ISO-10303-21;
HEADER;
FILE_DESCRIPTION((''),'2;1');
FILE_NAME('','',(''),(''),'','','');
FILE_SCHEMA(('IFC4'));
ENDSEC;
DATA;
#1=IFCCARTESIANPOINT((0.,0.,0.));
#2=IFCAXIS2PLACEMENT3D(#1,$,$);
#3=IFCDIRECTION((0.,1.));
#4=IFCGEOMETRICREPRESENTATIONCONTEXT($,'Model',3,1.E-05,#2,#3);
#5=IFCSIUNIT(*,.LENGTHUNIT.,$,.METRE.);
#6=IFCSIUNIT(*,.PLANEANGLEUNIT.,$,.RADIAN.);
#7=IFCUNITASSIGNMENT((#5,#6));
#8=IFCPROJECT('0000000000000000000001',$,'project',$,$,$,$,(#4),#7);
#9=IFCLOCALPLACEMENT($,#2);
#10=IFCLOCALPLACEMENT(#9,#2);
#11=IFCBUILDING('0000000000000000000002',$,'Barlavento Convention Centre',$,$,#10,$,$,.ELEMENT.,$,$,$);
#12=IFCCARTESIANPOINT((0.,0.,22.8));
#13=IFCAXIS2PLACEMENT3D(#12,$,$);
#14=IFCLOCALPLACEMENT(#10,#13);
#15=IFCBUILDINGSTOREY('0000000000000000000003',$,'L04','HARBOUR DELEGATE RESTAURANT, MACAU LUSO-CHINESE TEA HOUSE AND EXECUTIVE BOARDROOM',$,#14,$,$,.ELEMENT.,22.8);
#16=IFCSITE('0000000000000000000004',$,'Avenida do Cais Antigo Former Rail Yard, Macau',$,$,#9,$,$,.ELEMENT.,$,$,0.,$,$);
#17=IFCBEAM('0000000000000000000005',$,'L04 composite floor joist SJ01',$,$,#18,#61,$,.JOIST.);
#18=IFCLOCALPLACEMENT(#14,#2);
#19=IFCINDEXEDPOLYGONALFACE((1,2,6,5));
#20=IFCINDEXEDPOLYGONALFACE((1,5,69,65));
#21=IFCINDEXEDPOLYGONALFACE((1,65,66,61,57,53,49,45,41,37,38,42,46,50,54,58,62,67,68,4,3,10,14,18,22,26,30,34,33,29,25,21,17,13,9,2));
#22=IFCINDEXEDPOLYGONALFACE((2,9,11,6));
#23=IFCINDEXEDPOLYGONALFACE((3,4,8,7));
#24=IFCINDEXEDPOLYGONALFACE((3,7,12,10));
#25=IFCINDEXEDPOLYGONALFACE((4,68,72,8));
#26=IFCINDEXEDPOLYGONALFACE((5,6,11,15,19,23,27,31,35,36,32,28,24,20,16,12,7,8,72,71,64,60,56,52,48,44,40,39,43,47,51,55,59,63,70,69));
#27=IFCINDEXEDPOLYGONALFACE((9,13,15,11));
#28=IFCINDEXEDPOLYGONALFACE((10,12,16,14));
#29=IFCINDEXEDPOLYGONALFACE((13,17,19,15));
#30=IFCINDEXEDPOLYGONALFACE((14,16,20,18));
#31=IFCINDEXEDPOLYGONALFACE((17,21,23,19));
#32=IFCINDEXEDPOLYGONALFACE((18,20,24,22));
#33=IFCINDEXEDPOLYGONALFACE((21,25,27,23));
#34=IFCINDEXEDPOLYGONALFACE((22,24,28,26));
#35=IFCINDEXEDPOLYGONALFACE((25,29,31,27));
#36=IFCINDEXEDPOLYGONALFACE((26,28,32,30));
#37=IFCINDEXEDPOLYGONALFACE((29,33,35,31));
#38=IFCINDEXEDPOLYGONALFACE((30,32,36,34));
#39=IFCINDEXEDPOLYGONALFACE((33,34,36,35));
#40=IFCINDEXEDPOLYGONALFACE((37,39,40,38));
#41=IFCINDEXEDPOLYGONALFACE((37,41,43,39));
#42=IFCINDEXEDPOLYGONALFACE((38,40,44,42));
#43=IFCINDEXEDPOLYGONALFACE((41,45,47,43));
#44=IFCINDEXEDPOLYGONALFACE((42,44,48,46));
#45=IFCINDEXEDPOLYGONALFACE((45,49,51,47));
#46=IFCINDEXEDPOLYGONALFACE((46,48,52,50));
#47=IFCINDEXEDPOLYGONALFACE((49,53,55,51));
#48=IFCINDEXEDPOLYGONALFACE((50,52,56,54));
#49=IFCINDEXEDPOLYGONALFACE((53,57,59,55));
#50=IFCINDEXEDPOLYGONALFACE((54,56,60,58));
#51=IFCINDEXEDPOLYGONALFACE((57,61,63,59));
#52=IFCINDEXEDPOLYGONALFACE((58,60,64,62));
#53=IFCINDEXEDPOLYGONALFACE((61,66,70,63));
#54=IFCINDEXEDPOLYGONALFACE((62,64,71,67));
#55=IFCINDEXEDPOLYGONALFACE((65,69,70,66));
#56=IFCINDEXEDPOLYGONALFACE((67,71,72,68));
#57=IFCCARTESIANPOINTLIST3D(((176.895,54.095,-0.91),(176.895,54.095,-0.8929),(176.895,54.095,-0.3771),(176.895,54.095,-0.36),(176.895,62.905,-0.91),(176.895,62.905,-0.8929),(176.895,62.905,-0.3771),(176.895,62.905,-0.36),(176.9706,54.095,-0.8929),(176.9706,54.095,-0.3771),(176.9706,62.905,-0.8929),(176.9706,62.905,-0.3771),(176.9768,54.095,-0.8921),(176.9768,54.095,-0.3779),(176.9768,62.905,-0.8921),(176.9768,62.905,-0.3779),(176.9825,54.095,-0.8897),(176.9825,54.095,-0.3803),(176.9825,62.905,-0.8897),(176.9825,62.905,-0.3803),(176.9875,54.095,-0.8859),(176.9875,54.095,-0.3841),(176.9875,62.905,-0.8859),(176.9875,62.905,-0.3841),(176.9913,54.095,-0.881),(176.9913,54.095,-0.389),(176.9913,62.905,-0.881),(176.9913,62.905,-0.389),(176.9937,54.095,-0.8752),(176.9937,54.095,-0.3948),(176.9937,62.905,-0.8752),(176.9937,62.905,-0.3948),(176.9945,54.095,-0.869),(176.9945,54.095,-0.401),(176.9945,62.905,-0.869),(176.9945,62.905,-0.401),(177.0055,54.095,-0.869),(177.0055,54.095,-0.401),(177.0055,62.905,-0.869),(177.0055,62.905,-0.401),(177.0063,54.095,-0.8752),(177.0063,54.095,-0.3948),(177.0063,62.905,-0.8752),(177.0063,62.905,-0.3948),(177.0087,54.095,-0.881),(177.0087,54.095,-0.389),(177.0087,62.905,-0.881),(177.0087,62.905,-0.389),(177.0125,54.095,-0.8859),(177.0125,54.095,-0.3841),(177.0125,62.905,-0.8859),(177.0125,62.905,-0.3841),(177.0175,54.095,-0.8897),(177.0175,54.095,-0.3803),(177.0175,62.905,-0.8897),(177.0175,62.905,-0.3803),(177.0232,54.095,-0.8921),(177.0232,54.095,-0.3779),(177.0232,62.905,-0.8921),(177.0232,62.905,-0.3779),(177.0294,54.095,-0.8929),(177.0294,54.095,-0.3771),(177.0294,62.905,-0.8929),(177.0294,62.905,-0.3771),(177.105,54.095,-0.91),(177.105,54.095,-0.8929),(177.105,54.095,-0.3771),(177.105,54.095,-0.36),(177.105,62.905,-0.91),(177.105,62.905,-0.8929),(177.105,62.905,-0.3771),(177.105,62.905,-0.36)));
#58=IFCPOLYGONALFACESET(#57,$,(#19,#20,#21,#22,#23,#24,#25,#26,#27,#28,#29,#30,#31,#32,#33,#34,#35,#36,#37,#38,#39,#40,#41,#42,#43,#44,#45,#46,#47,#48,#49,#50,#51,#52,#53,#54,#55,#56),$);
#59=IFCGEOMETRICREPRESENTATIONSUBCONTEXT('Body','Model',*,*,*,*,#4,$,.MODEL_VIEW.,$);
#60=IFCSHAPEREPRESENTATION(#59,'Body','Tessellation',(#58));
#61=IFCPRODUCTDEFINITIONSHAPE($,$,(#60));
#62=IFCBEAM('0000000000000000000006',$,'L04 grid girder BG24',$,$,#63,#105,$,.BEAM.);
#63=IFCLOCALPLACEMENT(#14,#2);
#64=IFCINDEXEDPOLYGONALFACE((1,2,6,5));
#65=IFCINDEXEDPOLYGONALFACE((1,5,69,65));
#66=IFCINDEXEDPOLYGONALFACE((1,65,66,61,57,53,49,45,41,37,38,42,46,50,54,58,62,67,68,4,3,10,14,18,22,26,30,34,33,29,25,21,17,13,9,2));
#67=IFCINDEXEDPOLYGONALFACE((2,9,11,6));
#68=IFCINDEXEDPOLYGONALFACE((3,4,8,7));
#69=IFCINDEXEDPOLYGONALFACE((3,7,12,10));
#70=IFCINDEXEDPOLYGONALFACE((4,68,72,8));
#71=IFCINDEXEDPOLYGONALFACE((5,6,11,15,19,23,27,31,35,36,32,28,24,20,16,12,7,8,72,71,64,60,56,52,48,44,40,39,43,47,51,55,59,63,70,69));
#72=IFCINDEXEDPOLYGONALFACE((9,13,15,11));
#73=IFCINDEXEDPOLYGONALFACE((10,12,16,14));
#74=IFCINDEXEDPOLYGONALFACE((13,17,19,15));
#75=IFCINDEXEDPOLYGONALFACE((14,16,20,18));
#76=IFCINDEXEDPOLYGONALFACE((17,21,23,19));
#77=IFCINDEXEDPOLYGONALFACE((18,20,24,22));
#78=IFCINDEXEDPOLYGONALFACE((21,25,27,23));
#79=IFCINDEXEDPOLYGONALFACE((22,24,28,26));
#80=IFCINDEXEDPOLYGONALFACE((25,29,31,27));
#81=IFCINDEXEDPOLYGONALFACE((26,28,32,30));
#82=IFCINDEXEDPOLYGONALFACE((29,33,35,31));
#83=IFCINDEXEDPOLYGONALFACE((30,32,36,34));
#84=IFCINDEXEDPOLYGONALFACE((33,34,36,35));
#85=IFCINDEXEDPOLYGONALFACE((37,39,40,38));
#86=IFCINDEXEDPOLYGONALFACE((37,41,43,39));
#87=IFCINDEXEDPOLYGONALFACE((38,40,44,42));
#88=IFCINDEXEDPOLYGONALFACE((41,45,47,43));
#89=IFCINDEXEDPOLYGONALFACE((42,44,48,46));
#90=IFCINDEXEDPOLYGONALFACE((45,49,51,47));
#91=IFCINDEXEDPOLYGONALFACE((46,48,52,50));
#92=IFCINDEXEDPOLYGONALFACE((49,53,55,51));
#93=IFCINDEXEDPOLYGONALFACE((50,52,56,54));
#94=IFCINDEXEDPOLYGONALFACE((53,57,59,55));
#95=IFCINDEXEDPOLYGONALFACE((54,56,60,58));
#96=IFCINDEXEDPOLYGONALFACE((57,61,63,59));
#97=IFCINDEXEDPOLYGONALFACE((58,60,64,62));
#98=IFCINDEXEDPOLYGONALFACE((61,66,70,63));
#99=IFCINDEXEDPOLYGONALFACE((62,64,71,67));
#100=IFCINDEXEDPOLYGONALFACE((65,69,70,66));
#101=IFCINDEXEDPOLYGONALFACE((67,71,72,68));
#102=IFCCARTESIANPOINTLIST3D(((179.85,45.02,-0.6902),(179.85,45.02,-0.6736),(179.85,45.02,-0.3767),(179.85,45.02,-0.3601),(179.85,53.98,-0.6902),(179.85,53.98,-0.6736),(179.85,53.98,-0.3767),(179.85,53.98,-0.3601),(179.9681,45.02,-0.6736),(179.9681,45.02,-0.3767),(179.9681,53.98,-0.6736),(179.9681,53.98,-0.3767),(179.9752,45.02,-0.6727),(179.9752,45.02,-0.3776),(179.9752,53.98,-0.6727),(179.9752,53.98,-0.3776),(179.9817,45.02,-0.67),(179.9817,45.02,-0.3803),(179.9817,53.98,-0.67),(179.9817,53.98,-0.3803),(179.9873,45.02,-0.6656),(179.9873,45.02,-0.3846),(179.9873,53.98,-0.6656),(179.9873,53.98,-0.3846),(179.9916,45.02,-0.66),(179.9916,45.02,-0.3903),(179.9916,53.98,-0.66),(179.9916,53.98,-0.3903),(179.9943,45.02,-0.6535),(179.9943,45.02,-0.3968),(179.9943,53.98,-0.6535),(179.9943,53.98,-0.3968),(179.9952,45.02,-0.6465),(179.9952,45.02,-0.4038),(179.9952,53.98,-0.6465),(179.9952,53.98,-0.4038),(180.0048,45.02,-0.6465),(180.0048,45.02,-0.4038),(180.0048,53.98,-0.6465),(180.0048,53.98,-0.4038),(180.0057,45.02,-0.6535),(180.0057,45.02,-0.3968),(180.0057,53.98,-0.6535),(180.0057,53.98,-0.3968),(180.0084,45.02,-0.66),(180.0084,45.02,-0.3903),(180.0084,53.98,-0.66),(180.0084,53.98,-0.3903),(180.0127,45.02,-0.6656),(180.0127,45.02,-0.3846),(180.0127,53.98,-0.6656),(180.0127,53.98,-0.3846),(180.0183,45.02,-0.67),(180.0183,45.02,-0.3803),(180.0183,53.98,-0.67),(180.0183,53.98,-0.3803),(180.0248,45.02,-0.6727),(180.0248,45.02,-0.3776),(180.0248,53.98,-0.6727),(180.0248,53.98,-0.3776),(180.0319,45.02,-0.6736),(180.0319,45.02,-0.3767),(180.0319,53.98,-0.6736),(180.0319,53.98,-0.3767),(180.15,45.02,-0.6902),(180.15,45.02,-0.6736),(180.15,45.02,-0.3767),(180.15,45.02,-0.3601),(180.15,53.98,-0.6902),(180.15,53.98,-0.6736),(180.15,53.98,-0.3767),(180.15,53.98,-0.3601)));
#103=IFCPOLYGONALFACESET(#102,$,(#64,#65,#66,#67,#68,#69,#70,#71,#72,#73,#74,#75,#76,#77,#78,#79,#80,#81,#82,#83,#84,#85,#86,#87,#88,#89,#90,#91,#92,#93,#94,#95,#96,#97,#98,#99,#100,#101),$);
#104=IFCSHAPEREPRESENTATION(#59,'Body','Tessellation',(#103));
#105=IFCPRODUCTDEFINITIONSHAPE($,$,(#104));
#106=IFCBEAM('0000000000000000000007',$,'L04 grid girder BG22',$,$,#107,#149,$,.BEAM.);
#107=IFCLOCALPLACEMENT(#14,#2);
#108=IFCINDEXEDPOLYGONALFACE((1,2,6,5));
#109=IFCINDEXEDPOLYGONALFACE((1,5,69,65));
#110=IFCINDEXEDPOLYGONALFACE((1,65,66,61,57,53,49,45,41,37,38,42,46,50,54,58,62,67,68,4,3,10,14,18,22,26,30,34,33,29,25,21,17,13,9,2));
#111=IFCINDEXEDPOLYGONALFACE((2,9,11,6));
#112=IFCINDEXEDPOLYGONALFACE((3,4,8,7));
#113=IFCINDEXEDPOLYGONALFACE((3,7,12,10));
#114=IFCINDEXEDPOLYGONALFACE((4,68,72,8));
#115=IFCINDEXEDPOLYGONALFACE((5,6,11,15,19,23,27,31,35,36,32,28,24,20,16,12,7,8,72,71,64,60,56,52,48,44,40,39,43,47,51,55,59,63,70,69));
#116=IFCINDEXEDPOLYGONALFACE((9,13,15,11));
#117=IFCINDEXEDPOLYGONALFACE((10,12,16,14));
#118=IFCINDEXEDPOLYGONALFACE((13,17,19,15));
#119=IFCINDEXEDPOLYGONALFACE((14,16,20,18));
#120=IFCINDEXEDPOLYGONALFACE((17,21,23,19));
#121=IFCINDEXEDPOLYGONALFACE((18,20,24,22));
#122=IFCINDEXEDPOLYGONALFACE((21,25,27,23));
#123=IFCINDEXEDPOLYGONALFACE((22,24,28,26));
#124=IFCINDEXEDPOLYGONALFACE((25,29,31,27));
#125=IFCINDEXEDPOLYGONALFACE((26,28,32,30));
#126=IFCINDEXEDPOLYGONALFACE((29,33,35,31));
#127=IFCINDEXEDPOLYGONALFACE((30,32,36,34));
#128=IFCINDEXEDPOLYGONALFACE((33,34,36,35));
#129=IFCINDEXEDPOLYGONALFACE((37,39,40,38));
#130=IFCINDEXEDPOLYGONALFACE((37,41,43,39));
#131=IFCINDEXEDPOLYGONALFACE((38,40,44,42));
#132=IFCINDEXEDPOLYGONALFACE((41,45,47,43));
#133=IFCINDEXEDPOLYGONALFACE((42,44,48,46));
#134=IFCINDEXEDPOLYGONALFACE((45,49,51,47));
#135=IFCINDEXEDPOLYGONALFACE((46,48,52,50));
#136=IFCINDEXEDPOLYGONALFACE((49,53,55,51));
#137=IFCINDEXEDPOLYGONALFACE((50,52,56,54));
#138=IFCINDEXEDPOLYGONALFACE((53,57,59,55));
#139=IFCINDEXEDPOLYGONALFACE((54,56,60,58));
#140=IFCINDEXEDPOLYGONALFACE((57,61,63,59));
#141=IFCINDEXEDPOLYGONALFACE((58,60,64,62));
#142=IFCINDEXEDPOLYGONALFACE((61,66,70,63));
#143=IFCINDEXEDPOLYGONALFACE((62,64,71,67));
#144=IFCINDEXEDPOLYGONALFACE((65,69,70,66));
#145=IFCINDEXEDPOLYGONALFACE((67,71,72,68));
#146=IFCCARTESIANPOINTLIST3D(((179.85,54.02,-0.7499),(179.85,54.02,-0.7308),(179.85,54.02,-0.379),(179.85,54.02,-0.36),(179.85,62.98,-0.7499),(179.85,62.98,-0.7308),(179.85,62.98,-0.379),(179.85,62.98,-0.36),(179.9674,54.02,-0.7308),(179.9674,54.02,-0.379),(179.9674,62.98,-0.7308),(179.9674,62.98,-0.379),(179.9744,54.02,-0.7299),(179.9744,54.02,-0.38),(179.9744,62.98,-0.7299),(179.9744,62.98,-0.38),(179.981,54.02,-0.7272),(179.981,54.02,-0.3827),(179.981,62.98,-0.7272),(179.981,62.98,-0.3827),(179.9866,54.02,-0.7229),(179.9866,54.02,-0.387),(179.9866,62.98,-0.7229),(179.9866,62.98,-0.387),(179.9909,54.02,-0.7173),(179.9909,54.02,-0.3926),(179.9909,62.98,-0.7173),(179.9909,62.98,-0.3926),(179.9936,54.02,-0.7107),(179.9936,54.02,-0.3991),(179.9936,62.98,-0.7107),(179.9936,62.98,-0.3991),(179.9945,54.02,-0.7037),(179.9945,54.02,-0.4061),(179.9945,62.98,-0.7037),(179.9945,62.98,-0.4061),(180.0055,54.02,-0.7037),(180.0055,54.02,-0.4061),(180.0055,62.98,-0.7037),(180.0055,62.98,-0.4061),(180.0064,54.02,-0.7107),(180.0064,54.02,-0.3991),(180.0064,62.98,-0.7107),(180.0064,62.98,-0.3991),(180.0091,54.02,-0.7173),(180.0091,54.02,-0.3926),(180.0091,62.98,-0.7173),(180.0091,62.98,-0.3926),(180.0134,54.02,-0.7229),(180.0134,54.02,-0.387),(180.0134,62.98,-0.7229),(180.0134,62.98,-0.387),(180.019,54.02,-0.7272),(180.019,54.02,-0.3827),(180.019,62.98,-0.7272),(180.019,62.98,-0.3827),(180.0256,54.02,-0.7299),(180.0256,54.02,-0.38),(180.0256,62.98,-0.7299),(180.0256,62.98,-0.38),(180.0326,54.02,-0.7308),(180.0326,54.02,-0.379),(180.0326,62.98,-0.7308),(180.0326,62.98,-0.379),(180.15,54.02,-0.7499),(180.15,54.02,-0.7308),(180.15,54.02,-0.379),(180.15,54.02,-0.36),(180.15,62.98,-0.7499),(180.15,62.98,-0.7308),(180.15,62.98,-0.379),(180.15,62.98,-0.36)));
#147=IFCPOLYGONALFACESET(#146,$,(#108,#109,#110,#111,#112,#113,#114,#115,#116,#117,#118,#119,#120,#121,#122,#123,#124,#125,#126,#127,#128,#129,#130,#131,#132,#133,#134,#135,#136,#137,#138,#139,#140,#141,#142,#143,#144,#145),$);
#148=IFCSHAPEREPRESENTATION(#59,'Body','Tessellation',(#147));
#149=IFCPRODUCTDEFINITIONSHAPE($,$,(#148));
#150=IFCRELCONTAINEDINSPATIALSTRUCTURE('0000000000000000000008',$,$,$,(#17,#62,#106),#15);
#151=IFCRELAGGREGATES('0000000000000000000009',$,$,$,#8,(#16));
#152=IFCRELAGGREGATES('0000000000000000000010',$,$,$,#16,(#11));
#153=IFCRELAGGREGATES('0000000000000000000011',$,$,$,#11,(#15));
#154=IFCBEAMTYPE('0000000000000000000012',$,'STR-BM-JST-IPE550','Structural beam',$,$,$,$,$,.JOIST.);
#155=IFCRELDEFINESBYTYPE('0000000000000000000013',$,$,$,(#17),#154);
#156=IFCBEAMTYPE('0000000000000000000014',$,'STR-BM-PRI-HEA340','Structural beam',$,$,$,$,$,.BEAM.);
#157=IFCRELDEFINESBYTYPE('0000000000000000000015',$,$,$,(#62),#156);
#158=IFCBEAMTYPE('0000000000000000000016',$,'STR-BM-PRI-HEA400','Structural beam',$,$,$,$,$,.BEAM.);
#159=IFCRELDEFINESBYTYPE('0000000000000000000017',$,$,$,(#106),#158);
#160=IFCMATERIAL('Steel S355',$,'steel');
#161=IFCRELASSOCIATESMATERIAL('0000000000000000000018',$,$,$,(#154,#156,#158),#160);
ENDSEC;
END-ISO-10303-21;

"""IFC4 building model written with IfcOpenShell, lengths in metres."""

from ifc_helpers import new_model, si_unit, direction, frame, origin, origin_2d, place, context, subcontext, project, spatial, i_section, extrude, material, material_profile, profile_set, type_object, element, save


model = new_model("IFC4")

# Units and contexts
model_context = context("Model", 3, precision=1e-05, world=origin(), true_north=direction((0.0, 1.0)))
body_context = subcontext(model_context, "Body", "Model", "MODEL_VIEW")
ifc_project = project(units=[si_unit("LENGTHUNIT", "METRE"), si_unit("PLANEANGLEUNIT", "RADIAN")], contexts=[model_context])

# Site, building, storey
site_placement = place(None, origin())
site = spatial("IfcSite", under=ifc_project, at=site_placement, Name="Avenida do Cais Antigo Former Rail Yard, Macau", CompositionType="ELEMENT", RefElevation=0.0)
building_placement = place(site_placement, origin())
building = spatial("IfcBuilding", under=site, at=building_placement, Name="Barlavento Convention Centre", CompositionType="ELEMENT")
storey_placement = place(building_placement, frame((0.0, 0.0, 22.8)))
storey = spatial("IfcBuildingStorey", under=building, at=storey_placement, Name="L04", Description="HARBOUR DELEGATE RESTAURANT, MACAU LUSO-CHINESE TEA HOUSE AND EXECUTIVE BOARDROOM", CompositionType="ELEMENT", Elevation=22.8)

# Shared definitions
ifc_material_1 = material(Name="Steel S355", Category="steel")

# Beams
ifc_material_profile_1 = material_profile(ifc_material_1, i_section(OverallWidth=0.21, OverallDepth=0.55, WebThickness=0.011, FlangeThickness=0.0171, FilletRadius=0.0239, at=origin_2d()), Name="IPE 550")
ifc_profile_set_1 = profile_set([ifc_material_profile_1], Name="Steel S355")
beam_type_1 = type_object("IfcBeamType", Name="STR-BM-JST-IPE550", Description="Structural beam", PredefinedType="JOIST", material=ifc_profile_set_1)
beam_1_placement = place(storey_placement, frame((177.0, 54.095, -0.635), z_axis=(0.0, 1.0, 0.0), x_axis=(-1.0, 0.0, 0.0)))
element("IfcBeam", 1, at=beam_1_placement, inside=storey, type_object=beam_type_1, Name="L04 composite floor joist SJ01", PredefinedType="JOIST", context=body_context, shape_type="SweptSolid", body=[
    extrude(i_section(OverallWidth=0.21, OverallDepth=0.55, WebThickness=0.011, FlangeThickness=0.0171, FilletRadius=0.0239, at=origin_2d()), origin(), (0.0, 0.0, 1.0), 8.8101),
])
ifc_material_profile_2 = material_profile(ifc_material_1, i_section(OverallWidth=0.3, OverallDepth=0.3301, WebThickness=0.0095, FlangeThickness=0.0166, FilletRadius=0.0271, at=origin_2d()), Name="HEA 340")
ifc_profile_set_2 = profile_set([ifc_material_profile_2], Name="Steel S355")
beam_type_2 = type_object("IfcBeamType", Name="STR-BM-PRI-HEA340", Description="Structural beam", PredefinedType="BEAM", material=ifc_profile_set_2)
beam_2_placement = place(storey_placement, frame((180.0, 45.02, -0.5251), z_axis=(0.0, 1.0, 0.0), x_axis=(-1.0, 0.0, 0.0)))
element("IfcBeam", 2, at=beam_2_placement, inside=storey, type_object=beam_type_2, Name="L04 grid girder BG24", PredefinedType="BEAM", context=body_context, shape_type="SweptSolid", body=[
    extrude(i_section(OverallWidth=0.3, OverallDepth=0.3301, WebThickness=0.0095, FlangeThickness=0.0166, FilletRadius=0.0271, at=origin_2d()), origin(), (0.0, 0.0, 1.0), 8.96),
])
ifc_material_profile_3 = material_profile(ifc_material_1, i_section(OverallWidth=0.3, OverallDepth=0.3899, WebThickness=0.011, FlangeThickness=0.019, FilletRadius=0.0271, at=origin_2d()), Name="HEA 400")
ifc_profile_set_3 = profile_set([ifc_material_profile_3], Name="Steel S355")
beam_type_3 = type_object("IfcBeamType", Name="STR-BM-PRI-HEA400", Description="Structural beam", PredefinedType="BEAM", material=ifc_profile_set_3)
beam_3_placement = place(storey_placement, frame((180.0, 54.02, -0.5549), z_axis=(0.0, 1.0, 0.0), x_axis=(-1.0, 0.0, 0.0)))
element("IfcBeam", 3, at=beam_3_placement, inside=storey, type_object=beam_type_3, Name="L04 grid girder BG22", PredefinedType="BEAM", context=body_context, shape_type="SweptSolid", body=[
    extrude(i_section(OverallWidth=0.3, OverallDepth=0.3899, WebThickness=0.011, FlangeThickness=0.019, FilletRadius=0.0271, at=origin_2d()), origin(), (0.0, 0.0, 1.0), 8.96),
])

save(model, "model.ifc")
